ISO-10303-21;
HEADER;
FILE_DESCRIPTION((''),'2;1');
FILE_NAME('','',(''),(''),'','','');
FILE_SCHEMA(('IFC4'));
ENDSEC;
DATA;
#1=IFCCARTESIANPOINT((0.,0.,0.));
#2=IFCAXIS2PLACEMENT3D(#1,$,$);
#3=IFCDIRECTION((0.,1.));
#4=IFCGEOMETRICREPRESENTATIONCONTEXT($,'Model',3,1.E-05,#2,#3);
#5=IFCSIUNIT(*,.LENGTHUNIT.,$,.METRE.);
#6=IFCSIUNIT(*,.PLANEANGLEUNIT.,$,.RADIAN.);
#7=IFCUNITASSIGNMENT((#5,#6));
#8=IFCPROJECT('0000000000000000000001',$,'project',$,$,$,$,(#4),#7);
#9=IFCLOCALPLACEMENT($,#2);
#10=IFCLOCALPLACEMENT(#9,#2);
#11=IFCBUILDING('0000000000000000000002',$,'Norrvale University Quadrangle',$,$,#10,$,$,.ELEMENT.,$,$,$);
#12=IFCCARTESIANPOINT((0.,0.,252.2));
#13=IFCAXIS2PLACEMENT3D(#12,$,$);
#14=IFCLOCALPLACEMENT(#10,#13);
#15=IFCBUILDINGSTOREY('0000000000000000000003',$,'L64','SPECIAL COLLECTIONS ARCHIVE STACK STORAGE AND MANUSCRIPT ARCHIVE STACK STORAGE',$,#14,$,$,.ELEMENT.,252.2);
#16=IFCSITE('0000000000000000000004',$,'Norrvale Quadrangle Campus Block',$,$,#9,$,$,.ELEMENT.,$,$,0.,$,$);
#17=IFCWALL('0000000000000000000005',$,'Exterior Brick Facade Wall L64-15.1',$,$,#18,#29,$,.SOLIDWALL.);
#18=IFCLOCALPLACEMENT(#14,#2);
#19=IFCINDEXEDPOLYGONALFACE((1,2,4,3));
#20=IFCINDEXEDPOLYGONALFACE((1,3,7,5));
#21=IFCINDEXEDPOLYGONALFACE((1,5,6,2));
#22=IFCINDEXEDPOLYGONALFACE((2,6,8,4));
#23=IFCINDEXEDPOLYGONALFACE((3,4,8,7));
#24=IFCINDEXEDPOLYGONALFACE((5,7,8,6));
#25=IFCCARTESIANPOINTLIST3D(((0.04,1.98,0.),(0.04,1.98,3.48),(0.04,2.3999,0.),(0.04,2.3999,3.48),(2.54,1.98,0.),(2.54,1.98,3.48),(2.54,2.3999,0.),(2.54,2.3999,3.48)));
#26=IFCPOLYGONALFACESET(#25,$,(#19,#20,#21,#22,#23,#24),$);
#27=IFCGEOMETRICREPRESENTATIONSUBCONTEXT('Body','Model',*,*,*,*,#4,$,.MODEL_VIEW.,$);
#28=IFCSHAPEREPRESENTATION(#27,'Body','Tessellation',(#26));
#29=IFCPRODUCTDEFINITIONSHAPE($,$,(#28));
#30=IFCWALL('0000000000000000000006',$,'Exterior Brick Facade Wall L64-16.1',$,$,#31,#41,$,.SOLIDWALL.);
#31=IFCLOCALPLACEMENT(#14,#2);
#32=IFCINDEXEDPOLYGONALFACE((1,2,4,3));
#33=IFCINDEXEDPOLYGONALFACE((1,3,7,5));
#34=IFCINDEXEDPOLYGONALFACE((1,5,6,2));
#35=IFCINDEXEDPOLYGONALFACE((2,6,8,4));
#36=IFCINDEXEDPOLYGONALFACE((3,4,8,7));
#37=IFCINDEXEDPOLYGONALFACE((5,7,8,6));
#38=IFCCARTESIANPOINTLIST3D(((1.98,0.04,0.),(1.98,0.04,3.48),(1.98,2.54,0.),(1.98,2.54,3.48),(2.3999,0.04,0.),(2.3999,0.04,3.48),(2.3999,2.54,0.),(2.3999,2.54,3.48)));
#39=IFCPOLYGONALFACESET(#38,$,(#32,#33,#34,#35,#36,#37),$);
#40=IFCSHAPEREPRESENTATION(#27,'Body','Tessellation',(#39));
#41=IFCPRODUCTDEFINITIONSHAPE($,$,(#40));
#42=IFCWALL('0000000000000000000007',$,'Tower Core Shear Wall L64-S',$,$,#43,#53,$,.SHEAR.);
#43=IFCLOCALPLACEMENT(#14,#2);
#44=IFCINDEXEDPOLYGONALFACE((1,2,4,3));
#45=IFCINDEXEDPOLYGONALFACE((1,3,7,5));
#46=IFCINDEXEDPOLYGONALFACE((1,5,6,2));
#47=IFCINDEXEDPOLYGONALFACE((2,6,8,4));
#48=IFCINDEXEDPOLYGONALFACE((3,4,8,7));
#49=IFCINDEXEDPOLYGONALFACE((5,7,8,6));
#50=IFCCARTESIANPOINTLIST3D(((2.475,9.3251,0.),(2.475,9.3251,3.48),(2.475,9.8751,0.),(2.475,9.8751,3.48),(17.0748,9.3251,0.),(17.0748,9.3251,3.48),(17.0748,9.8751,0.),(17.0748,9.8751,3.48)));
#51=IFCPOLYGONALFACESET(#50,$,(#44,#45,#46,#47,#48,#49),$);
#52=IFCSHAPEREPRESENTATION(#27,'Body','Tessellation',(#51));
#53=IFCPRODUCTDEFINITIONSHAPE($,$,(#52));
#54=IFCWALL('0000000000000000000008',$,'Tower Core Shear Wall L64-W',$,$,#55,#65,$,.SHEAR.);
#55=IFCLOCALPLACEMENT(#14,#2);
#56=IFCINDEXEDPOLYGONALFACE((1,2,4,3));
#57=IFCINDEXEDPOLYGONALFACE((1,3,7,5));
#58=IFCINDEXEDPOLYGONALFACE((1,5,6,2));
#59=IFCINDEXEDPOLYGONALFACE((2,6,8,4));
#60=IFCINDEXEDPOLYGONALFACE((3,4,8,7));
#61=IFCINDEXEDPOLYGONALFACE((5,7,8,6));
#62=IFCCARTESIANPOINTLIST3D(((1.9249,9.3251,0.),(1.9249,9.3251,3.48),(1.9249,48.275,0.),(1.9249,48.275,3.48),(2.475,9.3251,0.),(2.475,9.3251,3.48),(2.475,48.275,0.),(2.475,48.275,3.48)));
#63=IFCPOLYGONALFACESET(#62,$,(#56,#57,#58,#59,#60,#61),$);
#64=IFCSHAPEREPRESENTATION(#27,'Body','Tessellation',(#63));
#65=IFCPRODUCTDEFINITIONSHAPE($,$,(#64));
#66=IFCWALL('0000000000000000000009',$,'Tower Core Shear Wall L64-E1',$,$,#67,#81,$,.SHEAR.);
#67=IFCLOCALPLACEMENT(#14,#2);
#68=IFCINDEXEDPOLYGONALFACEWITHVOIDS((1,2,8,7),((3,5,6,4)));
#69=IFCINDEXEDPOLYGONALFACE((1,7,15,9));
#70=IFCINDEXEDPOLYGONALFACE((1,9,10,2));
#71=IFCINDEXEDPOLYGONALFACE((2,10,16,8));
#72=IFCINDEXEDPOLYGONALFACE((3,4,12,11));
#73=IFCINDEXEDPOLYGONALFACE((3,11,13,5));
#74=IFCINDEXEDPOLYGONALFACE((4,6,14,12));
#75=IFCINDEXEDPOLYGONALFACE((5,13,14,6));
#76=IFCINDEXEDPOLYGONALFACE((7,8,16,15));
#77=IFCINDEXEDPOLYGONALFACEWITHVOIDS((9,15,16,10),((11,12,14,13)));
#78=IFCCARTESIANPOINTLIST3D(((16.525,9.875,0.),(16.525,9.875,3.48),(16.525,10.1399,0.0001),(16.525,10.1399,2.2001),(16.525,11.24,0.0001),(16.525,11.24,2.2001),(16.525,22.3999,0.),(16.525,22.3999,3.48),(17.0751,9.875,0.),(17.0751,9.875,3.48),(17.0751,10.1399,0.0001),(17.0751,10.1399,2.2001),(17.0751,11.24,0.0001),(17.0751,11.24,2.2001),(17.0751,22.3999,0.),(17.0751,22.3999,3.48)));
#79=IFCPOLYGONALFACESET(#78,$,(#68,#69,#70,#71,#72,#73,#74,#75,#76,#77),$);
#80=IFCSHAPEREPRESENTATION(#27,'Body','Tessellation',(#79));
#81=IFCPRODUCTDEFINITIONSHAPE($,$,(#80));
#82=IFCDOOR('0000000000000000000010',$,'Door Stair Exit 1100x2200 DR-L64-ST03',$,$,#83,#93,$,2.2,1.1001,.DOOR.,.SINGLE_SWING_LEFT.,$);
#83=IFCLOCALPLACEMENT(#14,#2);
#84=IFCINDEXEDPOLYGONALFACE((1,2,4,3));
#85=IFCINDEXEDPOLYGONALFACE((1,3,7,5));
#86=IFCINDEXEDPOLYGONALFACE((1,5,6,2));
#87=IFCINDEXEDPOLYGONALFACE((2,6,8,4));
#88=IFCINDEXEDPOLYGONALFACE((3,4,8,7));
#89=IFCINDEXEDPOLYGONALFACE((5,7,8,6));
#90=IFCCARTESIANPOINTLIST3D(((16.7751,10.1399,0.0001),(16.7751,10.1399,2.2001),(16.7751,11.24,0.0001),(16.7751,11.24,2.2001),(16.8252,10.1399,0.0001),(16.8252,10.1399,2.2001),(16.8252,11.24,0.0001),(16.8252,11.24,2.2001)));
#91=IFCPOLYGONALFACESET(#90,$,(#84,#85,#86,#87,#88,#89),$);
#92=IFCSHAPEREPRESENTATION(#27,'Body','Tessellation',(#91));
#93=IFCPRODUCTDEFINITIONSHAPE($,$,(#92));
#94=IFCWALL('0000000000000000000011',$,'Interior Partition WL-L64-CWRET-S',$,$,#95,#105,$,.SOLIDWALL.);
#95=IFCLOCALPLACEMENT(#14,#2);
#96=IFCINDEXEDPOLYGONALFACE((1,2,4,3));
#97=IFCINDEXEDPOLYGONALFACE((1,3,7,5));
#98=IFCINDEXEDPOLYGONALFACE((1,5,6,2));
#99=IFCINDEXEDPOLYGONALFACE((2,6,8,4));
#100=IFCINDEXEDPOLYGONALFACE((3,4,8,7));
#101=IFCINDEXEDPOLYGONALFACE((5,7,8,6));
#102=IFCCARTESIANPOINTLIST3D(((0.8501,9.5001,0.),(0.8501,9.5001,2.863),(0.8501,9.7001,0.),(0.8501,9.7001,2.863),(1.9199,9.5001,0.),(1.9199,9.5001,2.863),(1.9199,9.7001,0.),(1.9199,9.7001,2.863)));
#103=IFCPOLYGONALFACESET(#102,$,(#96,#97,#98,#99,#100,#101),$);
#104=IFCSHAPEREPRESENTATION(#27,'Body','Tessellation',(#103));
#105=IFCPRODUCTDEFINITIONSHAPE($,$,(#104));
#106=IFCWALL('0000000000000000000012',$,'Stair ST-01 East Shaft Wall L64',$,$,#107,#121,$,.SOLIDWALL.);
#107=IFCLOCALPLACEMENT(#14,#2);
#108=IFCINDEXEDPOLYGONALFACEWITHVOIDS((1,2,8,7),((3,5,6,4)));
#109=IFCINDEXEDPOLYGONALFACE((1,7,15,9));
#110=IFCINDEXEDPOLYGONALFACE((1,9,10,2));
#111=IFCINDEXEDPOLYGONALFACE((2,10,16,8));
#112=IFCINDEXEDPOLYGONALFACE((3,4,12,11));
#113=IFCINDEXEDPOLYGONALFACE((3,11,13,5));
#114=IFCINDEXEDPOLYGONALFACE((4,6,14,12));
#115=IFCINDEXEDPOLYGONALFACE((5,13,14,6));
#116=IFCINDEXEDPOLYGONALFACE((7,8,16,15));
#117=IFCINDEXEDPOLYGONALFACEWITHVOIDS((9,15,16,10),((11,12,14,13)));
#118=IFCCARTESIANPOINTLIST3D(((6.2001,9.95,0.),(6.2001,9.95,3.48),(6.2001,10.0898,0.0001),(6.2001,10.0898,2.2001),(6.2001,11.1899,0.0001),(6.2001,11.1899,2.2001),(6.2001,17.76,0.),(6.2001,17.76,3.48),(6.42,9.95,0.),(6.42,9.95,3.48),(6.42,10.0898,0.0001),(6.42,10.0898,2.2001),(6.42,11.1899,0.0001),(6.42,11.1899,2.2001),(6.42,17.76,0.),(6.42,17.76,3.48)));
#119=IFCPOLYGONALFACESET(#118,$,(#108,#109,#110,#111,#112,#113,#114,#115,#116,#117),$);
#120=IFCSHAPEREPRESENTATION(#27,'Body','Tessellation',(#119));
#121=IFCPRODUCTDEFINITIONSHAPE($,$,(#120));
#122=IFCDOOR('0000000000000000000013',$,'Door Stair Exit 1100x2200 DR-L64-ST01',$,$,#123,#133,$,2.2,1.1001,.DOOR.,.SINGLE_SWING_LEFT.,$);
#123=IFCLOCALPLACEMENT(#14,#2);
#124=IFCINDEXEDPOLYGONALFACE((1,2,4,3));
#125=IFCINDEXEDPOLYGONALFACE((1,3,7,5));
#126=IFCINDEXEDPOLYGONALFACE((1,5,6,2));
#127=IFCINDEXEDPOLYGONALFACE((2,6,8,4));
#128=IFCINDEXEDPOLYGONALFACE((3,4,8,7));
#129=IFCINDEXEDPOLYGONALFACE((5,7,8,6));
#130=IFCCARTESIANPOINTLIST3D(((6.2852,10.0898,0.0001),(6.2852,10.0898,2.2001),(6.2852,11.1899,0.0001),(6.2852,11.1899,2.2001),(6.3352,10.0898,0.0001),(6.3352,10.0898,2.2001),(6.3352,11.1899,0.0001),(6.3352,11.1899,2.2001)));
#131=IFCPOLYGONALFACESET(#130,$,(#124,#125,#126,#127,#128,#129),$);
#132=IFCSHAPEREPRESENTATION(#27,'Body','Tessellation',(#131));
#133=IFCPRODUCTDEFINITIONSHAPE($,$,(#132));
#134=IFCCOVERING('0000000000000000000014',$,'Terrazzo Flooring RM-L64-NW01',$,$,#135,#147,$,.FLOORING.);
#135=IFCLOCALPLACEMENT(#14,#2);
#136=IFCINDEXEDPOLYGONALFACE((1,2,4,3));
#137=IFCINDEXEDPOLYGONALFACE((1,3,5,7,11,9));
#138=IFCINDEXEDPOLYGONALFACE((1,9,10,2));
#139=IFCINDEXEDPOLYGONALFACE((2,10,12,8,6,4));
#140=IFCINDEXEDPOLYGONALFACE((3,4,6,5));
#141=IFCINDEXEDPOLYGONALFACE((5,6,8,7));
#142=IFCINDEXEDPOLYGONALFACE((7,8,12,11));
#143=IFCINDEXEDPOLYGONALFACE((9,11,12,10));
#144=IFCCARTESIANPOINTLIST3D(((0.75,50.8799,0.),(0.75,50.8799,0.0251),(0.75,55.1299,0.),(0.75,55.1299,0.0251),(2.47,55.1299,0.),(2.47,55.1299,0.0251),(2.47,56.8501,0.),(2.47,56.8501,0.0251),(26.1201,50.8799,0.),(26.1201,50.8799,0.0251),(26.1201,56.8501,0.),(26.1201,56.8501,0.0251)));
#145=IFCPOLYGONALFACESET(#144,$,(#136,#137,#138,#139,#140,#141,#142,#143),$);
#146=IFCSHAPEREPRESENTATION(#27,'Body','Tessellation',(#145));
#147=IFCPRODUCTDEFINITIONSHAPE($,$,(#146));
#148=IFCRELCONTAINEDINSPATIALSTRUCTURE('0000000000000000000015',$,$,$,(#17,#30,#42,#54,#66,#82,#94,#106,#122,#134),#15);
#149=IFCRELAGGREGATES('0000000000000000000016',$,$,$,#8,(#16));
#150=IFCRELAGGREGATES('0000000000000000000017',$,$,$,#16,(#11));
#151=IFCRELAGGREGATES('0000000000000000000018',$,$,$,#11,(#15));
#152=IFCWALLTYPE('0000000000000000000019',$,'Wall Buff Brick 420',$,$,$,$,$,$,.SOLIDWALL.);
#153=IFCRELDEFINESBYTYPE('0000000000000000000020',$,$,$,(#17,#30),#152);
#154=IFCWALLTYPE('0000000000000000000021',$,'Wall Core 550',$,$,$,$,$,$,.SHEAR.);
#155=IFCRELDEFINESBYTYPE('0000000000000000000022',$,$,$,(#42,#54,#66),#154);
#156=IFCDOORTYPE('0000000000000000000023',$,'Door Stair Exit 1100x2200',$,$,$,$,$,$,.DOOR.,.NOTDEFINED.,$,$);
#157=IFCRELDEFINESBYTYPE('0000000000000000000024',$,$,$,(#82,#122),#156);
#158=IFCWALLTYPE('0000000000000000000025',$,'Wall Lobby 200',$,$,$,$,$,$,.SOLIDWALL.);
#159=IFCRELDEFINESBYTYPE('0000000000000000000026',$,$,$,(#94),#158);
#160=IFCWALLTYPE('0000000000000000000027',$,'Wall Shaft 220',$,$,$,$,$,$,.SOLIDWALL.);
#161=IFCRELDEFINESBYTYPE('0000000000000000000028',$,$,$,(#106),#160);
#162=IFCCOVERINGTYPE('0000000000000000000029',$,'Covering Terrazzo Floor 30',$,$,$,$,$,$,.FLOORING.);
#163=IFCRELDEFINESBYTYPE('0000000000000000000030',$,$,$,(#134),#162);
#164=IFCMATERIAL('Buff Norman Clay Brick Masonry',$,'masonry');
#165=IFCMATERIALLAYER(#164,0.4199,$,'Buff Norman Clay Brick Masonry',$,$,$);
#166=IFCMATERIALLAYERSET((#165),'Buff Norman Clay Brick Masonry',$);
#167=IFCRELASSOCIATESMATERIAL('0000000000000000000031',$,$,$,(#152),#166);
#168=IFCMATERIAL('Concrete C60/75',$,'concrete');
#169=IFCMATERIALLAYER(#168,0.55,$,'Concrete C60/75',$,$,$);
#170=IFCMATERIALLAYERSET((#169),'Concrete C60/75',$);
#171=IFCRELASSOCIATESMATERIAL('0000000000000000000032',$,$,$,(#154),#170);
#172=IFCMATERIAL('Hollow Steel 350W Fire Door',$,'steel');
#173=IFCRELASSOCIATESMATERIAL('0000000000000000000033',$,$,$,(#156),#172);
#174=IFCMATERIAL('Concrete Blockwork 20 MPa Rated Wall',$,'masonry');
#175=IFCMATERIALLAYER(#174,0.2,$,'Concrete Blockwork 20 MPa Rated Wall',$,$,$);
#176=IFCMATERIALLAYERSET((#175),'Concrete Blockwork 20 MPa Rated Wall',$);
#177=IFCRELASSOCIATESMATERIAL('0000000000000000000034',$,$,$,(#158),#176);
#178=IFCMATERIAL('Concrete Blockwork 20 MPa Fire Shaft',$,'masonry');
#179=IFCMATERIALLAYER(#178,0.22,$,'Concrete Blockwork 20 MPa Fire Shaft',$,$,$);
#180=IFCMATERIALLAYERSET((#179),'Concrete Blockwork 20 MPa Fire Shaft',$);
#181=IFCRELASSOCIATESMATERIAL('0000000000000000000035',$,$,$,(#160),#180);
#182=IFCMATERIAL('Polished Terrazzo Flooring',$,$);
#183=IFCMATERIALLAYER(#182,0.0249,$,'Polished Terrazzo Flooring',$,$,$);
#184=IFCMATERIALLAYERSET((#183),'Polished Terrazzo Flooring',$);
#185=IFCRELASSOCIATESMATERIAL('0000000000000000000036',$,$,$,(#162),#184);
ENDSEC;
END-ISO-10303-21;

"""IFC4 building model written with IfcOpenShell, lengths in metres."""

from ifc_helpers import new_model, si_unit, direction, frame, frame_2d, origin, place, context, subcontext, project, spatial, polyline, rectangle, outline, extrude, material, layer, layer_set, type_object, element, fill, save


model = new_model("IFC4")

# Units and contexts
model_context = context("Model", 3, precision=1e-05, world=origin(), true_north=direction((0.0, 1.0)))
body_context = subcontext(model_context, "Body", "Model", "MODEL_VIEW")
ifc_project = project(units=[si_unit("LENGTHUNIT", "METRE"), si_unit("PLANEANGLEUNIT", "RADIAN")], contexts=[model_context])

# Site, building, storey
site_placement = place(None, origin())
site = spatial("IfcSite", under=ifc_project, at=site_placement, Name="Norrvale Quadrangle Campus Block", CompositionType="ELEMENT", RefElevation=0.0)
building_placement = place(site_placement, origin())
building = spatial("IfcBuilding", under=site, at=building_placement, Name="Norrvale University Quadrangle", CompositionType="ELEMENT")
storey_placement = place(building_placement, frame((0.0, 0.0, 252.2)))
storey = spatial("IfcBuildingStorey", under=building, at=storey_placement, Name="L64", Description="SPECIAL COLLECTIONS ARCHIVE STACK STORAGE AND MANUSCRIPT ARCHIVE STACK STORAGE", CompositionType="ELEMENT", Elevation=252.2)

# Shared definitions
ifc_material_1 = material(Name="Concrete C60/75", Category="concrete")

# Shared definitions
ifc_material_2 = material(Name="Buff Norman Clay Brick Masonry", Category="masonry")
ifc_layer_1 = layer(ifc_material_2, 0.4199, Name="Buff Norman Clay Brick Masonry")
ifc_layer_set_1 = layer_set([ifc_layer_1], Name="Buff Norman Clay Brick Masonry")
wall_type_1 = type_object("IfcWallType", Name="Wall Buff Brick 420", PredefinedType="SOLIDWALL", material=ifc_layer_set_1)

# Walls
for number, where, z_axis, x_axis, name in (
    (1, (0.04, 2.1899, 0.0), (0.0, 0.0, 1.0), (1.0, 0.0, 0.0), "Exterior Brick Facade Wall L64-15.1"),
    (2, (2.1899, 2.54, 0.0), (0.0, 0.0, 1.0), (0.0, -1.0, 0.0), "Exterior Brick Facade Wall L64-16.1"),
):
    element("IfcWall", number, at=place(storey_placement, frame(where, z_axis=z_axis, x_axis=x_axis)), inside=storey, type_object=wall_type_1, Name=name, PredefinedType="SOLIDWALL", context=body_context, shape_type="SweptSolid", body=[
        extrude(rectangle(XDim=2.5, YDim=0.4199, at=frame_2d((1.25, 0.0))), origin(), (0.0, 0.0, 1.0), 3.48),
    ])
ifc_layer_2 = layer(ifc_material_1, 0.55, Name="Concrete C60/75")
ifc_layer_set_2 = layer_set([ifc_layer_2], Name="Concrete C60/75")
wall_type_2 = type_object("IfcWallType", Name="Wall Core 550", PredefinedType="SHEAR", material=ifc_layer_set_2)
wall_1_placement = place(storey_placement, frame((2.4751, 9.6001, 0.0), z_axis=(0.0, 0.0, 1.0), x_axis=(1.0, 0.0, 0.0)))
element("IfcWall", 3, at=wall_1_placement, inside=storey, type_object=wall_type_2, Name="Tower Core Shear Wall L64-S", PredefinedType="SHEAR", context=body_context, shape_type="SweptSolid", body=[
    extrude(rectangle(XDim=14.5999, YDim=0.55, at=frame_2d((7.2998, 0.0))), origin(), (0.0, 0.0, 1.0), 3.48),
])
wall_2_placement = place(storey_placement, frame((2.2, 9.325, 0.0), z_axis=(0.0, 0.0, 1.0), x_axis=(0.0, 1.0, 0.0)))
element("IfcWall", 4, at=wall_2_placement, inside=storey, type_object=wall_type_2, Name="Tower Core Shear Wall L64-W", PredefinedType="SHEAR", context=body_context, shape_type="SweptSolid", body=[
    extrude(rectangle(XDim=38.95, YDim=0.55, at=frame_2d((19.4751, 0.0))), origin(), (0.0, 0.0, 1.0), 3.48),
])

# Wall, opening, door
wall_3_placement = place(storey_placement, frame((16.8, 9.875, 0.0), z_axis=(0.0, 0.0, 1.0), x_axis=(0.0, 1.0, 0.0)))
wall_3 = element("IfcWall", 5, at=wall_3_placement, inside=storey, type_object=wall_type_2, Name="Tower Core Shear Wall L64-E1", PredefinedType="SHEAR", context=body_context, shape_type="SweptSolid", body=[
    extrude(rectangle(XDim=12.5249, YDim=0.55, at=frame_2d((6.2625, 0.0))), origin(), (0.0, 0.0, 1.0), 3.48),
])
opening_1_placement = place(wall_3_placement, frame((0.2649, 0.0, 0.0)))
opening_1 = element("IfcOpeningElement", 6, at=opening_1_placement, cuts=wall_3, PredefinedType="OPENING", context=body_context, shape_type="SweptSolid", body=[
    extrude(rectangle(XDim=1.1001, YDim=2.2, at=frame_2d((0.55, 1.1001))), frame((0.0, 0.2871, 0.0), z_axis=(0.0, -1.0, 0.0), x_axis=(1.0, 0.0, 0.0)), (0.0, 0.0, 1.0), 0.574),
])
ifc_material_3 = material(Name="Hollow Steel 350W Fire Door", Category="steel")
door_type = type_object("IfcDoorType", Name="Door Stair Exit 1100x2200", OperationType="NOTDEFINED", PredefinedType="DOOR", material=ifc_material_3)
door_1_placement = place(opening_1_placement, origin())
door_1 = element("IfcDoor", 7, at=door_1_placement, inside=storey, type_object=door_type, Name="Door Stair Exit 1100x2200 DR-L64-ST03", OperationType="SINGLE_SWING_LEFT", OverallHeight=2.2, OverallWidth=1.1001, PredefinedType="DOOR", context=body_context, shape_type="SweptSolid", body=[
    extrude(rectangle(XDim=1.1001, YDim=2.2, at=frame_2d((0.55, 1.1001))), frame((0.0, 0.0249, 0.0), z_axis=(0.0, -1.0, 0.0), x_axis=(1.0, 0.0, 0.0)), (0.0, 0.0, 1.0), 0.05),
])
fill(opening_1, door_1)

# Wall
ifc_material_4 = material(Name="Concrete Blockwork 20 MPa Rated Wall", Category="masonry")
ifc_layer_3 = layer(ifc_material_4, 0.2, Name="Concrete Blockwork 20 MPa Rated Wall")
ifc_layer_set_3 = layer_set([ifc_layer_3], Name="Concrete Blockwork 20 MPa Rated Wall")
wall_type_3 = type_object("IfcWallType", Name="Wall Lobby 200", PredefinedType="SOLIDWALL", material=ifc_layer_set_3)
wall_4_placement = place(storey_placement, frame((0.8501, 9.6001, 0.0), z_axis=(0.0, 0.0, 1.0), x_axis=(1.0, 0.0, 0.0)))
element("IfcWall", 8, at=wall_4_placement, inside=storey, type_object=wall_type_3, Name="Interior Partition WL-L64-CWRET-S", PredefinedType="SOLIDWALL", context=body_context, shape_type="SweptSolid", body=[
    extrude(rectangle(XDim=1.0698, YDim=0.2, at=frame_2d((0.5349, 0.0))), origin(), (0.0, 0.0, 1.0), 2.863),
])

# Wall, opening, door
ifc_material_5 = material(Name="Concrete Blockwork 20 MPa Fire Shaft", Category="masonry")
ifc_layer_4 = layer(ifc_material_5, 0.22, Name="Concrete Blockwork 20 MPa Fire Shaft")
ifc_layer_set_4 = layer_set([ifc_layer_4], Name="Concrete Blockwork 20 MPa Fire Shaft")
wall_type_4 = type_object("IfcWallType", Name="Wall Shaft 220", PredefinedType="SOLIDWALL", material=ifc_layer_set_4)
wall_5_placement = place(storey_placement, frame((6.3101, 9.95, 0.0), z_axis=(0.0, 0.0, 1.0), x_axis=(0.0, 1.0, 0.0)))
wall_5 = element("IfcWall", 9, at=wall_5_placement, inside=storey, type_object=wall_type_4, Name="Stair ST-01 East Shaft Wall L64", PredefinedType="SOLIDWALL", context=body_context, shape_type="SweptSolid", body=[
    extrude(rectangle(XDim=7.8101, YDim=0.22, at=frame_2d((3.905, 0.0))), origin(), (0.0, 0.0, 1.0), 3.48),
])
opening_2_placement = place(wall_5_placement, frame((0.1399, 0.0, 0.0)))
opening_2 = element("IfcOpeningElement", 10, at=opening_2_placement, cuts=wall_5, PredefinedType="OPENING", context=body_context, shape_type="SweptSolid", body=[
    extrude(rectangle(XDim=1.1001, YDim=2.2, at=frame_2d((0.55, 1.1001))), frame((0.0, 0.1221, 0.0), z_axis=(0.0, -1.0, 0.0), x_axis=(1.0, 0.0, 0.0)), (0.0, 0.0, 1.0), 0.2439),
])
door_2_placement = place(opening_2_placement, origin())
door_2 = element("IfcDoor", 11, at=door_2_placement, inside=storey, type_object=door_type, Name="Door Stair Exit 1100x2200 DR-L64-ST01", OperationType="SINGLE_SWING_LEFT", OverallHeight=2.2, OverallWidth=1.1001, PredefinedType="DOOR", context=body_context, shape_type="SweptSolid", body=[
    extrude(rectangle(XDim=1.1001, YDim=2.2, at=frame_2d((0.55, 1.1001))), frame((0.0, 0.0249, 0.0), z_axis=(0.0, -1.0, 0.0), x_axis=(1.0, 0.0, 0.0)), (0.0, 0.0, 1.0), 0.05),
])
fill(opening_2, door_2)

# Covering
ifc_material_6 = material(Name="Polished Terrazzo Flooring")
ifc_layer_5 = layer(ifc_material_6, 0.0249, Name="Polished Terrazzo Flooring")
ifc_layer_set_5 = layer_set([ifc_layer_5], Name="Polished Terrazzo Flooring")
covering_type = type_object("IfcCoveringType", Name="Covering Terrazzo Floor 30", PredefinedType="FLOORING", material=ifc_layer_set_5)
covering_placement = place(storey_placement, origin())
element("IfcCovering", 12, at=covering_placement, inside=storey, type_object=covering_type, Name="Terrazzo Flooring RM-L64-NW01", PredefinedType="FLOORING", context=body_context, shape_type="SweptSolid", body=[
    extrude(outline(polyline([(26.1201, 56.8501), (26.1201, 50.8799), (0.75, 50.8799), (0.75, 55.1299), (2.47, 55.1299), (2.47, 56.8501), (26.1201, 56.8501)])), origin(), (0.0, 0.0, 1.0), 0.0251),
])

save(model, "model.ifc")
